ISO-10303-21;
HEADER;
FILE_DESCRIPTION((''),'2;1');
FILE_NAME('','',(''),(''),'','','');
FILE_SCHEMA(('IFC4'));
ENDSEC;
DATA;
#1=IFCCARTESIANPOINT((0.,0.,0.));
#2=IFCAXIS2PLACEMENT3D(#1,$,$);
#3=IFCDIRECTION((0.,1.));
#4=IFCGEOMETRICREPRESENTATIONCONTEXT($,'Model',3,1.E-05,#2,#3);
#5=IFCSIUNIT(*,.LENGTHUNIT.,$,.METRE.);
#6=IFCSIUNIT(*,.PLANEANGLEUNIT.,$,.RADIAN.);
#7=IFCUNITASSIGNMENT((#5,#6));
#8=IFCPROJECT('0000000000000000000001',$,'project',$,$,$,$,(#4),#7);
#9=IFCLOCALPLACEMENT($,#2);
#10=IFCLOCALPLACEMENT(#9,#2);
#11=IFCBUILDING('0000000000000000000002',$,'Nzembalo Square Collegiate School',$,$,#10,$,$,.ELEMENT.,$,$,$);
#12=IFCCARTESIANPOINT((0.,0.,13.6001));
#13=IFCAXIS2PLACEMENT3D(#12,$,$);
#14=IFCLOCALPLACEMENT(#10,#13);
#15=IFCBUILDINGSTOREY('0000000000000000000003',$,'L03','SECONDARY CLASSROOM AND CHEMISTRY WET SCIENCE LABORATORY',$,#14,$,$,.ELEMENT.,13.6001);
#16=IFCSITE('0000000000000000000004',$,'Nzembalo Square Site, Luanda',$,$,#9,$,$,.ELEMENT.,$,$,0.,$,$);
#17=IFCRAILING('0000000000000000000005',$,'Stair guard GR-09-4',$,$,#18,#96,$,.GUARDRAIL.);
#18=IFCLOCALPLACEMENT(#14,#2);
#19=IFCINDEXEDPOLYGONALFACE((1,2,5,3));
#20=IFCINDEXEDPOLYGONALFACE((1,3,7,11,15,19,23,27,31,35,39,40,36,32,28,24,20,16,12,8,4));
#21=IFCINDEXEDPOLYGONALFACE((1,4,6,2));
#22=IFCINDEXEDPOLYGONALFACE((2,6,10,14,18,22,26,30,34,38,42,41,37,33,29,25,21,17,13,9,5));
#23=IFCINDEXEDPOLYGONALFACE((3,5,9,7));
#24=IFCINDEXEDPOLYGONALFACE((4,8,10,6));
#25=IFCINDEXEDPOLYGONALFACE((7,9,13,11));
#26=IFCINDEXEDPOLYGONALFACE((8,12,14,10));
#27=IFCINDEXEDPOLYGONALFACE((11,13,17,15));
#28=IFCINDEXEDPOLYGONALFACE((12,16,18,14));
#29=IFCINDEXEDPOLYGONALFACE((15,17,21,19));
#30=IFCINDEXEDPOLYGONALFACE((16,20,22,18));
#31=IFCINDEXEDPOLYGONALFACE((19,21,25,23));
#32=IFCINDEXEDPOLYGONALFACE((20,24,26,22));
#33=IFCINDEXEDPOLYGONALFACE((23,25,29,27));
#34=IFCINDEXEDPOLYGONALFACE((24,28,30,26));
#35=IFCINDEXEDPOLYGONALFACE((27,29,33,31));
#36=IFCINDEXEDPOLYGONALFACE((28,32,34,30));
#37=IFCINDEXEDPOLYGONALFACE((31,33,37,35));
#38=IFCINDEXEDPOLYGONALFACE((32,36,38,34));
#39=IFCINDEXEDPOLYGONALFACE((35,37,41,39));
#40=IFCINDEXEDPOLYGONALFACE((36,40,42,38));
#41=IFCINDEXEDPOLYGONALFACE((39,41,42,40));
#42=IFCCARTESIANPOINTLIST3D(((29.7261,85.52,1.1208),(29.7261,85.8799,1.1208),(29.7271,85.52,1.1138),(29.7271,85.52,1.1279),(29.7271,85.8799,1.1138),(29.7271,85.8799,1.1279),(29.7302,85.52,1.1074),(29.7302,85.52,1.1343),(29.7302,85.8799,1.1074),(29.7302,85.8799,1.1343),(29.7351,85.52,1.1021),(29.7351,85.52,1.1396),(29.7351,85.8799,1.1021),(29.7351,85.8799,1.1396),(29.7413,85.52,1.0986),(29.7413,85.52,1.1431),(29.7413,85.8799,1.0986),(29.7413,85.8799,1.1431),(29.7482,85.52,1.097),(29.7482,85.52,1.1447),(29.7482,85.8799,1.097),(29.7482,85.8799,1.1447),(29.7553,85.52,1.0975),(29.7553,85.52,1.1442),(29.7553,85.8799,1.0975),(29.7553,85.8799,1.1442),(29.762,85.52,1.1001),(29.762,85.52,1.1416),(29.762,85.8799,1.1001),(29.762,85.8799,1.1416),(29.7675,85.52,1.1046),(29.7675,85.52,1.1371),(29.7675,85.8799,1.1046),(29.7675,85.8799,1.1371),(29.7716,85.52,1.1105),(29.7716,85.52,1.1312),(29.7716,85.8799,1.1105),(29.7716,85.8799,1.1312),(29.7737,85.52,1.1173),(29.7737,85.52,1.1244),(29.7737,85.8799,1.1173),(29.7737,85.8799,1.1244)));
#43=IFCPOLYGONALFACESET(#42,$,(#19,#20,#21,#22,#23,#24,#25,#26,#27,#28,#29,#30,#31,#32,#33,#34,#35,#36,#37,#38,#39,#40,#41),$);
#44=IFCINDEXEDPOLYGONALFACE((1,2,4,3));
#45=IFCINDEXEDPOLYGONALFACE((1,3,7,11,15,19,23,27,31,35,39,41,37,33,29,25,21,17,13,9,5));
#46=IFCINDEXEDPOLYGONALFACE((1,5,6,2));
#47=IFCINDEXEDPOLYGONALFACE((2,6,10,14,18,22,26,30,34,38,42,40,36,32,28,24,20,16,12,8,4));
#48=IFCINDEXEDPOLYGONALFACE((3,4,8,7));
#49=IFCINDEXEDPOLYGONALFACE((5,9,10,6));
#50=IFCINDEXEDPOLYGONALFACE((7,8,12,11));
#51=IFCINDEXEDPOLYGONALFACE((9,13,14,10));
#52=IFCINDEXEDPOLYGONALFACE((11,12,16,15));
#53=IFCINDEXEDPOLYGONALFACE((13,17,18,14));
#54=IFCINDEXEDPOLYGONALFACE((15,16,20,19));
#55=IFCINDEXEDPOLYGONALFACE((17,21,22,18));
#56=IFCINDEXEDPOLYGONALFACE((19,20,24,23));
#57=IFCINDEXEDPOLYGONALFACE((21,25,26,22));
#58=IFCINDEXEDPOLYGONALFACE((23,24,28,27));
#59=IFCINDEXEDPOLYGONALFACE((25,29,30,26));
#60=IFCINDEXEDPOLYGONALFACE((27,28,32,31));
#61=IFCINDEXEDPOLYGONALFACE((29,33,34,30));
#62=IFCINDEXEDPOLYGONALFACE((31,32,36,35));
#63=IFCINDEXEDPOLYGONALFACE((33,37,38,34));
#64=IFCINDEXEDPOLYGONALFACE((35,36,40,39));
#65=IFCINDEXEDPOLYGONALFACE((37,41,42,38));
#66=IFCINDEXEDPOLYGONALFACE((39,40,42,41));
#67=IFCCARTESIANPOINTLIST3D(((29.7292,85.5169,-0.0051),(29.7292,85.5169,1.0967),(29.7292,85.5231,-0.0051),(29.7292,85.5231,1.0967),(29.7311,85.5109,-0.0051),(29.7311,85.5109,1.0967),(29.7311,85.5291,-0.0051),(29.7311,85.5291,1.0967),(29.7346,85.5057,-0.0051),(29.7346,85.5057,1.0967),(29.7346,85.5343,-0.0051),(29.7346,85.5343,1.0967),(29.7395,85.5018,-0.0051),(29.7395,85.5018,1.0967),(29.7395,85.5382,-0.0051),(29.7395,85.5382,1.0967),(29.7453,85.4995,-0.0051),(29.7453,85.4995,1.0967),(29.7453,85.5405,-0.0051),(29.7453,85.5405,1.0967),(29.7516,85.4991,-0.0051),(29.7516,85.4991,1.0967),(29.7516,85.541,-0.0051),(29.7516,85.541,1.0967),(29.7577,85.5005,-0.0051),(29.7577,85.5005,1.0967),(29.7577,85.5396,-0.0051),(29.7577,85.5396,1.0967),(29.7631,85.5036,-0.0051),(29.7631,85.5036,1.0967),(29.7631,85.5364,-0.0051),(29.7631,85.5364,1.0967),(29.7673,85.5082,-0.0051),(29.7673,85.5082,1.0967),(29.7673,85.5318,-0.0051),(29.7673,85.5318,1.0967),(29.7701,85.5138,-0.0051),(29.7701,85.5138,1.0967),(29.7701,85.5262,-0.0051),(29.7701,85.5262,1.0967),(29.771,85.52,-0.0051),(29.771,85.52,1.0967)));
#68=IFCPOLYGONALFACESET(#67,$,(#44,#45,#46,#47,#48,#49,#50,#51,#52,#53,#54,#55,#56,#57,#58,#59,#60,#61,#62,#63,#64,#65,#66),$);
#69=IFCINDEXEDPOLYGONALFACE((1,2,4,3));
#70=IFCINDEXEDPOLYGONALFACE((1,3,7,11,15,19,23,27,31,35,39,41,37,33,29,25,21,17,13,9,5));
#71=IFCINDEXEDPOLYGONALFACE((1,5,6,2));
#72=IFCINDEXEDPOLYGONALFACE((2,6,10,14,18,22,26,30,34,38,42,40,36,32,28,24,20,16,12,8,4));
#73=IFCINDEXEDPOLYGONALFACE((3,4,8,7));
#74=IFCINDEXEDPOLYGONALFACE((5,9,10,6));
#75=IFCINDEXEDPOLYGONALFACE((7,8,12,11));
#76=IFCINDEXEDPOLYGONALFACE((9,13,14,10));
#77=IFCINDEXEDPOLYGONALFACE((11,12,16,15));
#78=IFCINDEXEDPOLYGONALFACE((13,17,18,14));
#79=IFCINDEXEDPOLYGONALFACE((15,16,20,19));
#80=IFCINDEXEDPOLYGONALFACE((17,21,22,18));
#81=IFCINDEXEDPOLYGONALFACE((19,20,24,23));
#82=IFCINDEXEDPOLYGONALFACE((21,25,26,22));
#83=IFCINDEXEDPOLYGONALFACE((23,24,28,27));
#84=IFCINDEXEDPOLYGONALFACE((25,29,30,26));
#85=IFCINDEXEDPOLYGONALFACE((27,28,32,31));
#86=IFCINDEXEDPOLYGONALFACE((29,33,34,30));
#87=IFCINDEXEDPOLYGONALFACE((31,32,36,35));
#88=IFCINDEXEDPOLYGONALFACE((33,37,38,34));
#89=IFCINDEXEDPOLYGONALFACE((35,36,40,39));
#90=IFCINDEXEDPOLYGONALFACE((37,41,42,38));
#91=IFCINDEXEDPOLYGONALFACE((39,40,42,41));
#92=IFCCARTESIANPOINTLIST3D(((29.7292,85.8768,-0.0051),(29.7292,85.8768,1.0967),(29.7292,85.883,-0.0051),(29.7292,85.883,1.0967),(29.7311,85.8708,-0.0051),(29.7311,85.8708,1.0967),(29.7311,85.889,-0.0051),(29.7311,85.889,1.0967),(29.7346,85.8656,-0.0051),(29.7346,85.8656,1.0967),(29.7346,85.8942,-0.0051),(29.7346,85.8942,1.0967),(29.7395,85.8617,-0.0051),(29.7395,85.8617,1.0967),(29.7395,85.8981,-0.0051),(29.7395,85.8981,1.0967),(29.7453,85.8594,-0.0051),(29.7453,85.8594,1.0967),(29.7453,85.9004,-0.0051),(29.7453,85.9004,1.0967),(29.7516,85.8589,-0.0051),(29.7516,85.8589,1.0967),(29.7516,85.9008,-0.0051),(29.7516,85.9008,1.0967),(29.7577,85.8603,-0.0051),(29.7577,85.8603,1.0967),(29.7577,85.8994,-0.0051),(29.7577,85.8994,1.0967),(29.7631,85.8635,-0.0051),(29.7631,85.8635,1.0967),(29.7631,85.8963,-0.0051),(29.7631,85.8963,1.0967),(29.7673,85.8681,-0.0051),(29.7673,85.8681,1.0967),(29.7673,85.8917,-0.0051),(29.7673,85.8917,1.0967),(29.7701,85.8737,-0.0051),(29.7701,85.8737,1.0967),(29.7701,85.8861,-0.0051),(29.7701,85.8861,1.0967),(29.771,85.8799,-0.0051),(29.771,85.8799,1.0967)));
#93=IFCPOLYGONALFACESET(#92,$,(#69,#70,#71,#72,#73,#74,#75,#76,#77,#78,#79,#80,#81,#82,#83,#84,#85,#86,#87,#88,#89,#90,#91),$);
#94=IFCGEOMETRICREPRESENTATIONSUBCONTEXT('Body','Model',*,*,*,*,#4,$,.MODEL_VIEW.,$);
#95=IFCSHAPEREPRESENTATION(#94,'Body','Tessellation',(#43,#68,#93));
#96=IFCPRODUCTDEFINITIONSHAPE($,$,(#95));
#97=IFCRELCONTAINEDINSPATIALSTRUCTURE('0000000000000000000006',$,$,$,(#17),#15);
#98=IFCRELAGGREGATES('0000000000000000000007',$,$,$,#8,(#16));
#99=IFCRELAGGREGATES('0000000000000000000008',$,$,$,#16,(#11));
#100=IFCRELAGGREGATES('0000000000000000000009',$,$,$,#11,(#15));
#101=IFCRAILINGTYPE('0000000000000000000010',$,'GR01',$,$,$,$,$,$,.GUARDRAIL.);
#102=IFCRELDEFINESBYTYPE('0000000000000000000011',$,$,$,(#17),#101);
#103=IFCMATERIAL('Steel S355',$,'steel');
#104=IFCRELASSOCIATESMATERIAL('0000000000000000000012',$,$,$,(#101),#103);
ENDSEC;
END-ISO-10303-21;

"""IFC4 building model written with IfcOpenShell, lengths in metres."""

from ifc_helpers import new_model, si_unit, direction, frame, origin, origin_2d, place, context, subcontext, project, spatial, circle, extrude, material, type_object, element, save


model = new_model("IFC4")

# Units and contexts
model_context = context("Model", 3, precision=1e-05, world=origin(), true_north=direction((0.0, 1.0)))
body_context = subcontext(model_context, "Body", "Model", "MODEL_VIEW")
ifc_project = project(units=[si_unit("LENGTHUNIT", "METRE"), si_unit("PLANEANGLEUNIT", "RADIAN")], contexts=[model_context])

# Site, building, storey
site_placement = place(None, origin())
site = spatial("IfcSite", under=ifc_project, at=site_placement, Name="Nzembalo Square Site, Luanda", CompositionType="ELEMENT", RefElevation=0.0)
building_placement = place(site_placement, origin())
building = spatial("IfcBuilding", under=site, at=building_placement, Name="Nzembalo Square Collegiate School", CompositionType="ELEMENT")
storey_placement = place(building_placement, frame((0.0, 0.0, 13.6001)))
storey = spatial("IfcBuildingStorey", under=building, at=storey_placement, Name="L03", Description="SECONDARY CLASSROOM AND CHEMISTRY WET SCIENCE LABORATORY", CompositionType="ELEMENT", Elevation=13.6001)

# Railing
ifc_material_1 = material(Name="Steel S355", Category="steel")
railing_type_1 = type_object("IfcRailingType", Name="GR01", PredefinedType="GUARDRAIL", material=ifc_material_1)
railing_1_placement = place(storey_placement, frame((29.75, 85.52, -0.0051)))
element("IfcRailing", 1, at=railing_1_placement, inside=storey, type_object=railing_type_1, Name="Stair guard GR-09-4", PredefinedType="GUARDRAIL", context=body_context, shape_type="SweptSolid", body=[
    extrude(circle(Radius=0.0239, at=origin_2d()), frame((0.0, 0.0, 1.126), z_axis=(0.0, 1.0, 0.0), x_axis=(-1.0, 0.0, 0.0)), (0.0, 0.0, 1.0), 0.3599),
    extrude(circle(Radius=0.021, at=origin_2d()), origin(), (0.0, 0.0, 1.0), 1.1018),
    extrude(circle(Radius=0.021, at=origin_2d()), frame((0.0, 0.3599, 0.0)), (0.0, 0.0, 1.0), 1.1018),
])

save(model, "model.ifc")
